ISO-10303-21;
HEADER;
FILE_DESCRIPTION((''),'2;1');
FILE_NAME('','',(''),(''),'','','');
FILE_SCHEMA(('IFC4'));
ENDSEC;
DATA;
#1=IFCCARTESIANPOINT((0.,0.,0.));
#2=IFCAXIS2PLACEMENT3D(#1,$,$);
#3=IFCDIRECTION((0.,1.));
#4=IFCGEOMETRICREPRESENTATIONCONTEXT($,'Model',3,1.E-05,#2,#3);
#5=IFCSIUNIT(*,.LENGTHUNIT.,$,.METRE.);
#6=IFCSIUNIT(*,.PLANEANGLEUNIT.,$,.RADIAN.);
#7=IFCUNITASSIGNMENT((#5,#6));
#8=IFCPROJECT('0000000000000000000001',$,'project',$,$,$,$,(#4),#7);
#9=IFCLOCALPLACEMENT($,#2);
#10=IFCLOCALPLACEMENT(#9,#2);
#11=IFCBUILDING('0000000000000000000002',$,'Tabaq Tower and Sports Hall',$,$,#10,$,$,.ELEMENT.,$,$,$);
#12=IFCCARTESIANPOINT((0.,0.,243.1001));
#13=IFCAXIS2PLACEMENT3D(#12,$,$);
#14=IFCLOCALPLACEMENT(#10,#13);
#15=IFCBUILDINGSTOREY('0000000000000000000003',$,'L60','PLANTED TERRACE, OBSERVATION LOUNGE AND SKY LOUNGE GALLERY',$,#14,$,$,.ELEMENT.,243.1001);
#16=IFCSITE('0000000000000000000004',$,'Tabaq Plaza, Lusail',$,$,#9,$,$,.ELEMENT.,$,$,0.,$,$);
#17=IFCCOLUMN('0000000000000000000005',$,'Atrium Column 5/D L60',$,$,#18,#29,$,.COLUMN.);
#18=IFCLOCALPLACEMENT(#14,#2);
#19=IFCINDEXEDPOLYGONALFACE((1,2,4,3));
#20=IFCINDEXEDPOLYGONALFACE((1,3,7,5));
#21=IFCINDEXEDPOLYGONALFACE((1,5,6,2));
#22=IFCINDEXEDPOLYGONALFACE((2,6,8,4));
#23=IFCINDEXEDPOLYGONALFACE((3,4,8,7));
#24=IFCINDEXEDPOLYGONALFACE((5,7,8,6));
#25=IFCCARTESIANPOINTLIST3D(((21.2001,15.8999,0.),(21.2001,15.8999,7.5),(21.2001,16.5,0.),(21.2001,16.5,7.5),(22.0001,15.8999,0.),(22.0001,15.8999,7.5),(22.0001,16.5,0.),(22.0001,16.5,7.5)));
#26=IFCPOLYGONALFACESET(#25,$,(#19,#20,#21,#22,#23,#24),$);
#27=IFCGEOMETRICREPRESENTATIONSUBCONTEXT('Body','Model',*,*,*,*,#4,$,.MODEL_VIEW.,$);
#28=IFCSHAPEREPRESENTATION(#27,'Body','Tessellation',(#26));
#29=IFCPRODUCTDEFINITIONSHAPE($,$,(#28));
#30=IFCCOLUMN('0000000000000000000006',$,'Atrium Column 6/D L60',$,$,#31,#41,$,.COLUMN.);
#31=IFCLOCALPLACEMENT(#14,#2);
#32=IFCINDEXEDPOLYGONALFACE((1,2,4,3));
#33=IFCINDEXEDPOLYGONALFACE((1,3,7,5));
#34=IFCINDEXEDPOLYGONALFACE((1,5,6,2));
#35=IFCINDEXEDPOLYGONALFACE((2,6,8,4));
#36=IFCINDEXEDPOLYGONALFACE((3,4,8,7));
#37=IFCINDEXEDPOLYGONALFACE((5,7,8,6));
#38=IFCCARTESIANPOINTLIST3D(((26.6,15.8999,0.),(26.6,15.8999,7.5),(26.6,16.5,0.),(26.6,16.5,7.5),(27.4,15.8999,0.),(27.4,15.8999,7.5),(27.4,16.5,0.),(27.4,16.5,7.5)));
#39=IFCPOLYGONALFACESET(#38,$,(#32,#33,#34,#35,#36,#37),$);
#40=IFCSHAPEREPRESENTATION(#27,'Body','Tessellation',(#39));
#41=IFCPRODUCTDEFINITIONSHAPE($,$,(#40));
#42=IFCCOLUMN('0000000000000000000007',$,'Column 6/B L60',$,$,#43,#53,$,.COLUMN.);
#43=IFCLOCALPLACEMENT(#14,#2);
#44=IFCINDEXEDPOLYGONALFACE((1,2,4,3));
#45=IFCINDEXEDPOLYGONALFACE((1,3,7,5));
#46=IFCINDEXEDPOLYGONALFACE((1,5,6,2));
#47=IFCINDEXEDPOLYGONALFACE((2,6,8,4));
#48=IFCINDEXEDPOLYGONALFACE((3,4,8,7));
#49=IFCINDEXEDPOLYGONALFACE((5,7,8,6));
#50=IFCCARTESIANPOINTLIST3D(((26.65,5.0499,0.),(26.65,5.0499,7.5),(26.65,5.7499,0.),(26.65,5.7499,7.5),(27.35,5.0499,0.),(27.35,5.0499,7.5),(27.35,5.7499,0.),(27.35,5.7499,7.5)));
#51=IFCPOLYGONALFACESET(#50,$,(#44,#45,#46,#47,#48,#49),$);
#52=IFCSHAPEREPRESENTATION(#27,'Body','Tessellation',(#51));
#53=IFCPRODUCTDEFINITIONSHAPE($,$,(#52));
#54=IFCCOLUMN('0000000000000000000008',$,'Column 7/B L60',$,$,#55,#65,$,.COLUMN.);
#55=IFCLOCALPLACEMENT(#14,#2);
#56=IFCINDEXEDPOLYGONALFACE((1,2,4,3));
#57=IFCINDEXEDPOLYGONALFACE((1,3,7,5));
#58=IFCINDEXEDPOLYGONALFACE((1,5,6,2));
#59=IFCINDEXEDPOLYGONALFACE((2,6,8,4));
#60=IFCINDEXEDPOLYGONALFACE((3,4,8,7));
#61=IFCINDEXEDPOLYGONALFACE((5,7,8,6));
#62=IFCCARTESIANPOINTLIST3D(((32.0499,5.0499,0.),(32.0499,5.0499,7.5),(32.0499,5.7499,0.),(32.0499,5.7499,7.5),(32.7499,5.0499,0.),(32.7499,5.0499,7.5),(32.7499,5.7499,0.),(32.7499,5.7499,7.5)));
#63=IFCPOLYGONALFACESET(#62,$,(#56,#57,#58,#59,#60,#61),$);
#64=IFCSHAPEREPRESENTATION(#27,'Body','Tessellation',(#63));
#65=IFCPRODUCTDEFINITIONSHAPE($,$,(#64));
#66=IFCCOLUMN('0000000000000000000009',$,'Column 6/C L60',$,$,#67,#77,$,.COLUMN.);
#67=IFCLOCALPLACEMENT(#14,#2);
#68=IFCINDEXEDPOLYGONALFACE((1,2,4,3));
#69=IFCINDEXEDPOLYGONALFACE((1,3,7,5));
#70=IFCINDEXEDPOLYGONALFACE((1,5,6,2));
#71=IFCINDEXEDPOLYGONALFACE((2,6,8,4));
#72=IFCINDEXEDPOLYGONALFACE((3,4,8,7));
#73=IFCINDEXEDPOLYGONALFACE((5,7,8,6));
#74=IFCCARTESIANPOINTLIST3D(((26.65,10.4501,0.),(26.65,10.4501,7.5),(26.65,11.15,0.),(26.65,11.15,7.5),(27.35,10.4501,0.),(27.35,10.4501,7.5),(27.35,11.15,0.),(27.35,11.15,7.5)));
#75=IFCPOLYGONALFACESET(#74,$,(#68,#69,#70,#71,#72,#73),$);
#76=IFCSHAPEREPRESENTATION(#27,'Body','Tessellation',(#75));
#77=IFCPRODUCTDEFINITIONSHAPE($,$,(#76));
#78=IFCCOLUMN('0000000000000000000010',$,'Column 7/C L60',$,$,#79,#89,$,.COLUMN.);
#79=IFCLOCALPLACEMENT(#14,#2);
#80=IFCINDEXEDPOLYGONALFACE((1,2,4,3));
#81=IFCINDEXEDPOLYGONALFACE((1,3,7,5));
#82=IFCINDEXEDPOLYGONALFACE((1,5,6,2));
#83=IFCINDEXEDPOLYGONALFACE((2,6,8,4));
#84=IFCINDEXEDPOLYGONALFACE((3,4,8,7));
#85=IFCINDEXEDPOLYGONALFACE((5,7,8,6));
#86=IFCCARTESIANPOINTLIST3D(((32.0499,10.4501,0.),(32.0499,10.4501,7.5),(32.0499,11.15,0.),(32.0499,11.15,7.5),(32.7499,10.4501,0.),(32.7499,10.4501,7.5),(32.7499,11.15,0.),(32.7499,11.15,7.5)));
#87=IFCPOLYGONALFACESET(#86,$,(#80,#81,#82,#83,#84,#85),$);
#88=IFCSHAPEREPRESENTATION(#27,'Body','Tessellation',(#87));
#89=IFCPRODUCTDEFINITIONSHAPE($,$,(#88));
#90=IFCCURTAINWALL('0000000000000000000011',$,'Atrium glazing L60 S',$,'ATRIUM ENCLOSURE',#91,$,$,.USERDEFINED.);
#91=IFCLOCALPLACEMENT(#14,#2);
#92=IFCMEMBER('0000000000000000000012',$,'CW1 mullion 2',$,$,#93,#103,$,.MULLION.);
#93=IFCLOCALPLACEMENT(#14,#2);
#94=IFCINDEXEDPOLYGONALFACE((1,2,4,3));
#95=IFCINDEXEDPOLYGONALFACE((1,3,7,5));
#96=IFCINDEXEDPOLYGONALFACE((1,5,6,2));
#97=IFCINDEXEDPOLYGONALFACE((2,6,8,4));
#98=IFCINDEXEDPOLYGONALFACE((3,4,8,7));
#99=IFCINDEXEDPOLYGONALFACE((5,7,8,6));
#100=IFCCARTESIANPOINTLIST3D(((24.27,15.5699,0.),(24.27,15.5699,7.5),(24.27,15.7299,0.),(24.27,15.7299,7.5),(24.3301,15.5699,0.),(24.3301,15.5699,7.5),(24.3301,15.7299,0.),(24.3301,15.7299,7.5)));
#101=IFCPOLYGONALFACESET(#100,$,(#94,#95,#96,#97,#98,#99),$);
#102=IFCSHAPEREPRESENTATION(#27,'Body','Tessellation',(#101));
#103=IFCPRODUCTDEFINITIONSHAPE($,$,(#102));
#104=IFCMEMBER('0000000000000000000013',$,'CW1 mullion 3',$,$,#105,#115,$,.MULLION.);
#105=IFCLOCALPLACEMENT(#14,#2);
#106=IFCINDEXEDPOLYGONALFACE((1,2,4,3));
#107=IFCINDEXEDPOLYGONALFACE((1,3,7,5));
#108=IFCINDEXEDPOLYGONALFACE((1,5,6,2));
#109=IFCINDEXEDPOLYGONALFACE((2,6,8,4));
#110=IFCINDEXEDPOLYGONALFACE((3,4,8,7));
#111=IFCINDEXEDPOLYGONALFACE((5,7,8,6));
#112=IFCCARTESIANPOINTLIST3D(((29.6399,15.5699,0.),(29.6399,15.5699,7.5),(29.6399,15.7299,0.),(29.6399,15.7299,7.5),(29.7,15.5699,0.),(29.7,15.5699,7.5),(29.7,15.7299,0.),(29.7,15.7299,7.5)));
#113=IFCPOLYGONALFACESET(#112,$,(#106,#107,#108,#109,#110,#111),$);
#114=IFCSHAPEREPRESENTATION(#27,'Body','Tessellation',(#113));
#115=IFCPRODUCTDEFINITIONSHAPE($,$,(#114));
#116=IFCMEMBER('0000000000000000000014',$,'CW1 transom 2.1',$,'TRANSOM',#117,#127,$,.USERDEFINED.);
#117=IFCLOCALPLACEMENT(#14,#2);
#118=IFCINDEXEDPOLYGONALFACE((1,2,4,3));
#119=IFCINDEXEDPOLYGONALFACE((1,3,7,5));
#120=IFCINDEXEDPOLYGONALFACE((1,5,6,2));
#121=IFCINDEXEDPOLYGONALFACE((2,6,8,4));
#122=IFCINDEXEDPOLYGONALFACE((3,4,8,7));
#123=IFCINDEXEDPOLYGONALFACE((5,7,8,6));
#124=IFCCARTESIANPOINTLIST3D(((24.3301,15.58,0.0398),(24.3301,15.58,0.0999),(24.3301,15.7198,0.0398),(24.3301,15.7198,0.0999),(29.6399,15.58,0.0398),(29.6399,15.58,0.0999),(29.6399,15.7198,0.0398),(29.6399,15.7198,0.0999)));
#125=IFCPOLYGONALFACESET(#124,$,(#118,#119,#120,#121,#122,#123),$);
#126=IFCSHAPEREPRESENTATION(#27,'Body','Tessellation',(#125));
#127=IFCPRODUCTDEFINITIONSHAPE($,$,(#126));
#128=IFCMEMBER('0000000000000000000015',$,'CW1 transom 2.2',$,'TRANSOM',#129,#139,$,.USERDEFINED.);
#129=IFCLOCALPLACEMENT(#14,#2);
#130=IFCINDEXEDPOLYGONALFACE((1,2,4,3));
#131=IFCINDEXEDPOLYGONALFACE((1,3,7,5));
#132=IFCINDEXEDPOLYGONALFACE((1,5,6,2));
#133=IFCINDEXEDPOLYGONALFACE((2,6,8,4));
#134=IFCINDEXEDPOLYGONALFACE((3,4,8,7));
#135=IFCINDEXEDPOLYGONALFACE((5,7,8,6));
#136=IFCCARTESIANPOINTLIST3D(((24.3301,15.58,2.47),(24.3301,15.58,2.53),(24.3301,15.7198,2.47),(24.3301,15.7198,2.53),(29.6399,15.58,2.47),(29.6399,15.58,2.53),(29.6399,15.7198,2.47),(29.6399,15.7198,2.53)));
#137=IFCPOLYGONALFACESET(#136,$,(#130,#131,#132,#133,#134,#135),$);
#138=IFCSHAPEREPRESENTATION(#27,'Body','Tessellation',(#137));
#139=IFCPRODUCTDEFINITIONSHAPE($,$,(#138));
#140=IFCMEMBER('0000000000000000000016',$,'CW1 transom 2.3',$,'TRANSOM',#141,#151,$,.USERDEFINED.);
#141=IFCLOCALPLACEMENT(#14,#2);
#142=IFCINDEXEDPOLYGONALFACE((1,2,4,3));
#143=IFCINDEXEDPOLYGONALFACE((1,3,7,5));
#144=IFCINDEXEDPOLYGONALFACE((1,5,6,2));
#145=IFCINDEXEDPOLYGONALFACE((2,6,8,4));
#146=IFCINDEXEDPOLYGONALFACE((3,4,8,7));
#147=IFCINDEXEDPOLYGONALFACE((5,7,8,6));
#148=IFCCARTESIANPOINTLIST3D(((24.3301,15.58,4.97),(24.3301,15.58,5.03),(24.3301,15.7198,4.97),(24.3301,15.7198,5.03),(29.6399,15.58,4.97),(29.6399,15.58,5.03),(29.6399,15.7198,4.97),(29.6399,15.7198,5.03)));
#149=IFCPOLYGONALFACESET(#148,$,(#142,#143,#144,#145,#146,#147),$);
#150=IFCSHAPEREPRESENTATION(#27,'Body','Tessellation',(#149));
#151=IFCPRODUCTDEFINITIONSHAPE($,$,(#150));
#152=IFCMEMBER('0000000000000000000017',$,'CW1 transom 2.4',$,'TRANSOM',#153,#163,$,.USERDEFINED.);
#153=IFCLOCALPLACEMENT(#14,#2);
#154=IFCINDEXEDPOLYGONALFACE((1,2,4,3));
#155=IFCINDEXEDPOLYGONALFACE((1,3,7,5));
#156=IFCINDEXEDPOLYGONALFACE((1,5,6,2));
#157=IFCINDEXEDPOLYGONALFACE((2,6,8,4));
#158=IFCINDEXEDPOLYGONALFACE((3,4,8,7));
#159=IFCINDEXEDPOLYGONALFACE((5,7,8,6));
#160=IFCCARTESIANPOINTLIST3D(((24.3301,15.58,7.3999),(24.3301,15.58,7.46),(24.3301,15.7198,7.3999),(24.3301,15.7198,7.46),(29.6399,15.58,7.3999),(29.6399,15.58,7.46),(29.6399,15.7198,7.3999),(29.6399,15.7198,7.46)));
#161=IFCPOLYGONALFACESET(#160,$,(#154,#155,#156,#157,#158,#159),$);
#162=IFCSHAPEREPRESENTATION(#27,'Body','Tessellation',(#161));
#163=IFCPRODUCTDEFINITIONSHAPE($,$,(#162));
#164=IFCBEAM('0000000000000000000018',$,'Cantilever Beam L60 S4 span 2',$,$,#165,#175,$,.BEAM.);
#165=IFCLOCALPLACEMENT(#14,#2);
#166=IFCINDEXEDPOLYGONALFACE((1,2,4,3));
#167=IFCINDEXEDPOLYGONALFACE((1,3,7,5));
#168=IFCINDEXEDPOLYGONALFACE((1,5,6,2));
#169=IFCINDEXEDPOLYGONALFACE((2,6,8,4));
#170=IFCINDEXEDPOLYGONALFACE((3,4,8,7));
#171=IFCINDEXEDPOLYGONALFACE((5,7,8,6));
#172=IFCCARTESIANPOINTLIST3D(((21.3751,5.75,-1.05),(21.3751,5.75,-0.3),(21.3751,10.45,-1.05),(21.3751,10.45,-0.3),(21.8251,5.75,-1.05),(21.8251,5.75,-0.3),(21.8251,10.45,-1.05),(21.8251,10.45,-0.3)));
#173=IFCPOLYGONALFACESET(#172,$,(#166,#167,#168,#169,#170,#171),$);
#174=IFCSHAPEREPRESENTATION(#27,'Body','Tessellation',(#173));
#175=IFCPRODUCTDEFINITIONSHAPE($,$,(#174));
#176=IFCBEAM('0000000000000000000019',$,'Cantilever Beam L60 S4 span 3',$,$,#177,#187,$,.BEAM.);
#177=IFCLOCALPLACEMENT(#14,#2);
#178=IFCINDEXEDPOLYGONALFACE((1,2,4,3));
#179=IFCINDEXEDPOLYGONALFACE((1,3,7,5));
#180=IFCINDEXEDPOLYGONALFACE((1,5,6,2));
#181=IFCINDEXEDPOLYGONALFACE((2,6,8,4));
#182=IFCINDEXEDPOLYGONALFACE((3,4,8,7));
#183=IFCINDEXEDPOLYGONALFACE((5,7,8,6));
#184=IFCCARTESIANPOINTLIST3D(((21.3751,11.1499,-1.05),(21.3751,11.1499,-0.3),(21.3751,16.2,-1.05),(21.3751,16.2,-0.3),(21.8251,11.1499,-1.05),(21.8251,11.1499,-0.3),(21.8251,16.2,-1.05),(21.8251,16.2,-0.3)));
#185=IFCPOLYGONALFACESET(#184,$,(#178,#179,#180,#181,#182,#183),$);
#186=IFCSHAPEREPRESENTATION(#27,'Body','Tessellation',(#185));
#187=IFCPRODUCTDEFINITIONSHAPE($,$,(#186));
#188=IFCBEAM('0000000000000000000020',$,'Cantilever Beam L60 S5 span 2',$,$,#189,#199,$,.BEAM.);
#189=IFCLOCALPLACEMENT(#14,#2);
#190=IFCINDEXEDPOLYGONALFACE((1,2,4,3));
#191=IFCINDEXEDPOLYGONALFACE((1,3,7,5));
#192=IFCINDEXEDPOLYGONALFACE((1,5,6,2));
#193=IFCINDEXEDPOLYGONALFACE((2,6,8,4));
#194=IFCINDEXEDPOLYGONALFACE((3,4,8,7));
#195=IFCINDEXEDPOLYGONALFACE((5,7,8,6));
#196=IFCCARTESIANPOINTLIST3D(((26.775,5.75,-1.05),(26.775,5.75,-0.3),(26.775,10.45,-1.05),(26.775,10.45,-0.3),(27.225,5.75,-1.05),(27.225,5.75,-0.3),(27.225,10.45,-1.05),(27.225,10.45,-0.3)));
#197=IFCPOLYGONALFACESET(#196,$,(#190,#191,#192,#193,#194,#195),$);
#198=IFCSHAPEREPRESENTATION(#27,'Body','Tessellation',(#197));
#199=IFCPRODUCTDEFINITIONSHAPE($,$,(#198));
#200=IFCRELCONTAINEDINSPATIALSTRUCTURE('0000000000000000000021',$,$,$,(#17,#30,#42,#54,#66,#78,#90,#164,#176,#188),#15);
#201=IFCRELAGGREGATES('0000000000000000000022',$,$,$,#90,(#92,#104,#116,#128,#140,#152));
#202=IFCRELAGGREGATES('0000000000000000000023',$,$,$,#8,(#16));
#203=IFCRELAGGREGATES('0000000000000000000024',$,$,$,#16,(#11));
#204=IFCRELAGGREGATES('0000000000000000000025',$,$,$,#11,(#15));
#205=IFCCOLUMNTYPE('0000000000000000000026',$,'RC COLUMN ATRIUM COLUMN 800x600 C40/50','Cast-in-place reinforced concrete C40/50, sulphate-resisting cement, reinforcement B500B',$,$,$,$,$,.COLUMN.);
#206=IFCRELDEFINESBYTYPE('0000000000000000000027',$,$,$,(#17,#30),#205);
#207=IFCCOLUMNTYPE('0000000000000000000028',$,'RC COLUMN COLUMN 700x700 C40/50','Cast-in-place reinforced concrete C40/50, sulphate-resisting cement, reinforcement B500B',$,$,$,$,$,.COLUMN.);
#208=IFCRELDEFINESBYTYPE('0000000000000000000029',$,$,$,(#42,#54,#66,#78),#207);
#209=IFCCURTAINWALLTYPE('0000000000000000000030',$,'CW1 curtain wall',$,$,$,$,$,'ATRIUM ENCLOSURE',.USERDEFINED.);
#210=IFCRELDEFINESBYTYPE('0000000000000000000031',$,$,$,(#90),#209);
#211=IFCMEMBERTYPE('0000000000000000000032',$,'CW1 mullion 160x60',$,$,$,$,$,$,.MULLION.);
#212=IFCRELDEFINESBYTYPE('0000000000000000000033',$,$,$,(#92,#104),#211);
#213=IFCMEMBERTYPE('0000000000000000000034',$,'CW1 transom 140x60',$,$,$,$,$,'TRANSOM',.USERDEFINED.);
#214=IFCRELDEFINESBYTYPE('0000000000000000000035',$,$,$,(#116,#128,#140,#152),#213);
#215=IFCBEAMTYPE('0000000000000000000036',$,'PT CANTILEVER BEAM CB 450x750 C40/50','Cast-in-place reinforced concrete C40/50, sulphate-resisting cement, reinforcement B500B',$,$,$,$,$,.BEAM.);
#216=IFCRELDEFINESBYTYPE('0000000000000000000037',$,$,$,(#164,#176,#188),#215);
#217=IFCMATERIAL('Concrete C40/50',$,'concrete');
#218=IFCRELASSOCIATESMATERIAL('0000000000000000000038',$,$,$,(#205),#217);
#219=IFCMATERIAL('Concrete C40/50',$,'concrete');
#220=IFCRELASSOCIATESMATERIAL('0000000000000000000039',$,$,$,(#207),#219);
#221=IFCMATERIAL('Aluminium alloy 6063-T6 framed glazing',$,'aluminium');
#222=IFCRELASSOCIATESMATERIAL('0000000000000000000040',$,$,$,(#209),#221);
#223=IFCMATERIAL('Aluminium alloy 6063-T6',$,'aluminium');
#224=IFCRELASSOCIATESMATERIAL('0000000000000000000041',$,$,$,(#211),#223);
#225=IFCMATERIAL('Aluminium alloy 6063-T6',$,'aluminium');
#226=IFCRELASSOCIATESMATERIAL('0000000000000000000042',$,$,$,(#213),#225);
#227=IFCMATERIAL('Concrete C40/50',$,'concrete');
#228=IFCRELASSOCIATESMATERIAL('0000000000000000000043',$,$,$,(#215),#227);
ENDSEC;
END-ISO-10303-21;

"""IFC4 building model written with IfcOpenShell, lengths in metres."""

from ifc_helpers import new_model, si_unit, direction, frame, origin, origin_2d, place, context, subcontext, project, spatial, rectangle, extrude, material, material_profile, profile_set, type_object, element, aggregate, save


model = new_model("IFC4")

# Units and contexts
model_context = context("Model", 3, precision=1e-05, world=origin(), true_north=direction((0.0, 1.0)))
body_context = subcontext(model_context, "Body", "Model", "MODEL_VIEW")
ifc_project = project(units=[si_unit("LENGTHUNIT", "METRE"), si_unit("PLANEANGLEUNIT", "RADIAN")], contexts=[model_context])

# Site, building, storey
site_placement = place(None, origin())
site = spatial("IfcSite", under=ifc_project, at=site_placement, Name="Tabaq Plaza, Lusail", CompositionType="ELEMENT", RefElevation=0.0)
building_placement = place(site_placement, origin())
building = spatial("IfcBuilding", under=site, at=building_placement, Name="Tabaq Tower and Sports Hall", CompositionType="ELEMENT")
storey_placement = place(building_placement, frame((0.0, 0.0, 243.1001)))
storey = spatial("IfcBuildingStorey", under=building, at=storey_placement, Name="L60", Description="PLANTED TERRACE, OBSERVATION LOUNGE AND SKY LOUNGE GALLERY", CompositionType="ELEMENT", Elevation=243.1001)

# Columns
ifc_material_1 = material(Name="Concrete C40/50", Category="concrete")
ifc_material_profile_1 = material_profile(ifc_material_1, rectangle(XDim=0.8, YDim=0.6001, at=origin_2d()), Name="ATRIUM COLUMN 800x600")
ifc_profile_set_1 = profile_set([ifc_material_profile_1], Name="Concrete C40/50")
column_type_1 = type_object("IfcColumnType", Name="RC COLUMN ATRIUM COLUMN 800x600 C40/50", Description="Cast-in-place reinforced concrete C40/50, sulphate-resisting cement, reinforcement B500B", PredefinedType="COLUMN", material=ifc_profile_set_1)
for number, where, z_axis, x_axis, name in (
    (1, (21.6001, 16.2, 0.0), (0.0, 0.0, 1.0), (1.0, 0.0, 0.0), "Atrium Column 5/D L60"),
    (2, (27.0, 16.2, 0.0), (0.0, 0.0, 1.0), (1.0, 0.0, 0.0), "Atrium Column 6/D L60"),
):
    element("IfcColumn", number, at=place(storey_placement, frame(where, z_axis=z_axis, x_axis=x_axis)), inside=storey, type_object=column_type_1, Name=name, PredefinedType="COLUMN", context=body_context, shape_type="SweptSolid", body=[
        extrude(rectangle(XDim=0.8, YDim=0.6001, at=origin_2d()), origin(), (0.0, 0.0, 1.0), 7.5),
    ])
ifc_material_2 = material(Name="Concrete C40/50", Category="concrete")
ifc_material_profile_2 = material_profile(ifc_material_2, rectangle(XDim=0.7, YDim=0.7, at=origin_2d()), Name="COLUMN 700x700")
ifc_profile_set_2 = profile_set([ifc_material_profile_2], Name="Concrete C40/50")
column_type_2 = type_object("IfcColumnType", Name="RC COLUMN COLUMN 700x700 C40/50", Description="Cast-in-place reinforced concrete C40/50, sulphate-resisting cement, reinforcement B500B", PredefinedType="COLUMN", material=ifc_profile_set_2)
for number, where, z_axis, x_axis, name in (
    (3, (27.0, 5.3999, 0.0), (0.0, 0.0, 1.0), (1.0, 0.0, 0.0), "Column 6/B L60"),
    (4, (32.3999, 5.3999, 0.0), (0.0, 0.0, 1.0), (1.0, 0.0, 0.0), "Column 7/B L60"),
    (5, (27.0, 10.8, 0.0), (0.0, 0.0, 1.0), (1.0, 0.0, 0.0), "Column 6/C L60"),
    (6, (32.3999, 10.8, 0.0), (0.0, 0.0, 1.0), (1.0, 0.0, 0.0), "Column 7/C L60"),
):
    element("IfcColumn", number, at=place(storey_placement, frame(where, z_axis=z_axis, x_axis=x_axis)), inside=storey, type_object=column_type_2, Name=name, PredefinedType="COLUMN", context=body_context, shape_type="SweptSolid", body=[
        extrude(rectangle(XDim=0.7, YDim=0.7, at=origin_2d()), origin(), (0.0, 0.0, 1.0), 7.5),
    ])

# Curtain wall, members
ifc_material_3 = material(Name="Aluminium alloy 6063-T6 framed glazing", Category="aluminium")
curtain_wall_type = type_object("IfcCurtainWallType", Name="CW1 curtain wall", ElementType="ATRIUM ENCLOSURE", PredefinedType="USERDEFINED", material=ifc_material_3)
curtain_wall_placement = place(storey_placement, origin())
curtain_wall = element("IfcCurtainWall", 7, at=curtain_wall_placement, inside=storey, type_object=curtain_wall_type, Name="Atrium glazing L60 S", ObjectType="ATRIUM ENCLOSURE", PredefinedType="USERDEFINED")
ifc_material_4 = material(Name="Aluminium alloy 6063-T6", Category="aluminium")
ifc_material_profile_3 = material_profile(ifc_material_4, rectangle(XDim=0.1599, YDim=0.0601, at=origin_2d()), Name="MULLION 160x60")
ifc_profile_set_3 = profile_set([ifc_material_profile_3], Name="Aluminium alloy 6063-T6")
member_type_1 = type_object("IfcMemberType", Name="CW1 mullion 160x60", PredefinedType="MULLION", material=ifc_profile_set_3)
member_1_placement = place(storey_placement, frame((24.3, 15.6499, 0.0), z_axis=(0.0, 0.0, 1.0), x_axis=(0.0, 1.0, 0.0)))
member_1 = element("IfcMember", 8, at=member_1_placement, type_object=member_type_1, Name="CW1 mullion 2", PredefinedType="MULLION", context=body_context, shape_type="SweptSolid", body=[
    extrude(rectangle(XDim=0.1599, YDim=0.0601, at=origin_2d()), origin(), (0.0, 0.0, 1.0), 7.5),
])
member_2_placement = place(storey_placement, frame((29.6699, 15.6499, 0.0), z_axis=(0.0, 0.0, 1.0), x_axis=(0.0, 1.0, 0.0)))
member_2 = element("IfcMember", 9, at=member_2_placement, type_object=member_type_1, Name="CW1 mullion 3", PredefinedType="MULLION", context=body_context, shape_type="SweptSolid", body=[
    extrude(rectangle(XDim=0.1599, YDim=0.0601, at=origin_2d()), origin(), (0.0, 0.0, 1.0), 7.5),
])
ifc_material_5 = material(Name="Aluminium alloy 6063-T6", Category="aluminium")
ifc_material_profile_4 = material_profile(ifc_material_5, rectangle(XDim=0.1399, YDim=0.0601, at=origin_2d()), Name="TRANSOM 140x60")
ifc_profile_set_4 = profile_set([ifc_material_profile_4], Name="Aluminium alloy 6063-T6")
member_type_2 = type_object("IfcMemberType", Name="CW1 transom 140x60", ElementType="TRANSOM", PredefinedType="USERDEFINED", material=ifc_profile_set_4)
member_3_placement = place(storey_placement, frame((24.3301, 15.6499, 0.0698), z_axis=(1.0, 0.0, 0.0), x_axis=(0.0, 1.0, 0.0)))
member_3 = element("IfcMember", 10, at=member_3_placement, type_object=member_type_2, Name="CW1 transom 2.1", ObjectType="TRANSOM", PredefinedType="USERDEFINED", context=body_context, shape_type="SweptSolid", body=[
    extrude(rectangle(XDim=0.1399, YDim=0.0601, at=origin_2d()), origin(), (0.0, 0.0, 1.0), 5.3098),
])
member_4_placement = place(storey_placement, frame((24.3301, 15.6499, 2.5), z_axis=(1.0, 0.0, 0.0), x_axis=(0.0, 1.0, 0.0)))
member_4 = element("IfcMember", 11, at=member_4_placement, type_object=member_type_2, Name="CW1 transom 2.2", ObjectType="TRANSOM", PredefinedType="USERDEFINED", context=body_context, shape_type="SweptSolid", body=[
    extrude(rectangle(XDim=0.1399, YDim=0.0601, at=origin_2d()), origin(), (0.0, 0.0, 1.0), 5.3098),
])
member_5_placement = place(storey_placement, frame((24.3301, 15.6499, 5.0), z_axis=(1.0, 0.0, 0.0), x_axis=(0.0, 1.0, 0.0)))
member_5 = element("IfcMember", 12, at=member_5_placement, type_object=member_type_2, Name="CW1 transom 2.3", ObjectType="TRANSOM", PredefinedType="USERDEFINED", context=body_context, shape_type="SweptSolid", body=[
    extrude(rectangle(XDim=0.1399, YDim=0.0601, at=origin_2d()), origin(), (0.0, 0.0, 1.0), 5.3098),
])
member_6_placement = place(storey_placement, frame((24.3301, 15.6499, 7.4299), z_axis=(1.0, 0.0, 0.0), x_axis=(0.0, 1.0, 0.0)))
member_6 = element("IfcMember", 13, at=member_6_placement, type_object=member_type_2, Name="CW1 transom 2.4", ObjectType="TRANSOM", PredefinedType="USERDEFINED", context=body_context, shape_type="SweptSolid", body=[
    extrude(rectangle(XDim=0.1399, YDim=0.0601, at=origin_2d()), origin(), (0.0, 0.0, 1.0), 5.3098),
])

# Beams
ifc_material_6 = material(Name="Concrete C40/50", Category="concrete")
ifc_material_profile_5 = material_profile(ifc_material_6, rectangle(XDim=0.45, YDim=0.75, at=origin_2d()), Name="CB 450x750")
ifc_profile_set_5 = profile_set([ifc_material_profile_5], Name="Concrete C40/50")
beam_type = type_object("IfcBeamType", Name="PT CANTILEVER BEAM CB 450x750 C40/50", Description="Cast-in-place reinforced concrete C40/50, sulphate-resisting cement, reinforcement B500B", PredefinedType="BEAM", material=ifc_profile_set_5)
beam_1_placement = place(storey_placement, frame((21.6001, 5.75, -0.675), z_axis=(0.0, 1.0, 0.0), x_axis=(-1.0, 0.0, 0.0)))
element("IfcBeam", 14, at=beam_1_placement, inside=storey, type_object=beam_type, Name="Cantilever Beam L60 S4 span 2", PredefinedType="BEAM", context=body_context, shape_type="SweptSolid", body=[
    extrude(rectangle(XDim=0.45, YDim=0.75, at=origin_2d()), origin(), (0.0, 0.0, 1.0), 4.7),
])
beam_2_placement = place(storey_placement, frame((21.6001, 11.1499, -0.675), z_axis=(0.0, 1.0, 0.0), x_axis=(-1.0, 0.0, 0.0)))
element("IfcBeam", 15, at=beam_2_placement, inside=storey, type_object=beam_type, Name="Cantilever Beam L60 S4 span 3", PredefinedType="BEAM", context=body_context, shape_type="SweptSolid", body=[
    extrude(rectangle(XDim=0.45, YDim=0.75, at=origin_2d()), origin(), (0.0, 0.0, 1.0), 5.05),
])
beam_3_placement = place(storey_placement, frame((27.0, 5.75, -0.675), z_axis=(0.0, 1.0, 0.0), x_axis=(-1.0, 0.0, 0.0)))
element("IfcBeam", 16, at=beam_3_placement, inside=storey, type_object=beam_type, Name="Cantilever Beam L60 S5 span 2", PredefinedType="BEAM", context=body_context, shape_type="SweptSolid", body=[
    extrude(rectangle(XDim=0.45, YDim=0.75, at=origin_2d()), origin(), (0.0, 0.0, 1.0), 4.7),
])

aggregate(curtain_wall, [member_1, member_2, member_3, member_4, member_5, member_6])

save(model, "model.ifc")
